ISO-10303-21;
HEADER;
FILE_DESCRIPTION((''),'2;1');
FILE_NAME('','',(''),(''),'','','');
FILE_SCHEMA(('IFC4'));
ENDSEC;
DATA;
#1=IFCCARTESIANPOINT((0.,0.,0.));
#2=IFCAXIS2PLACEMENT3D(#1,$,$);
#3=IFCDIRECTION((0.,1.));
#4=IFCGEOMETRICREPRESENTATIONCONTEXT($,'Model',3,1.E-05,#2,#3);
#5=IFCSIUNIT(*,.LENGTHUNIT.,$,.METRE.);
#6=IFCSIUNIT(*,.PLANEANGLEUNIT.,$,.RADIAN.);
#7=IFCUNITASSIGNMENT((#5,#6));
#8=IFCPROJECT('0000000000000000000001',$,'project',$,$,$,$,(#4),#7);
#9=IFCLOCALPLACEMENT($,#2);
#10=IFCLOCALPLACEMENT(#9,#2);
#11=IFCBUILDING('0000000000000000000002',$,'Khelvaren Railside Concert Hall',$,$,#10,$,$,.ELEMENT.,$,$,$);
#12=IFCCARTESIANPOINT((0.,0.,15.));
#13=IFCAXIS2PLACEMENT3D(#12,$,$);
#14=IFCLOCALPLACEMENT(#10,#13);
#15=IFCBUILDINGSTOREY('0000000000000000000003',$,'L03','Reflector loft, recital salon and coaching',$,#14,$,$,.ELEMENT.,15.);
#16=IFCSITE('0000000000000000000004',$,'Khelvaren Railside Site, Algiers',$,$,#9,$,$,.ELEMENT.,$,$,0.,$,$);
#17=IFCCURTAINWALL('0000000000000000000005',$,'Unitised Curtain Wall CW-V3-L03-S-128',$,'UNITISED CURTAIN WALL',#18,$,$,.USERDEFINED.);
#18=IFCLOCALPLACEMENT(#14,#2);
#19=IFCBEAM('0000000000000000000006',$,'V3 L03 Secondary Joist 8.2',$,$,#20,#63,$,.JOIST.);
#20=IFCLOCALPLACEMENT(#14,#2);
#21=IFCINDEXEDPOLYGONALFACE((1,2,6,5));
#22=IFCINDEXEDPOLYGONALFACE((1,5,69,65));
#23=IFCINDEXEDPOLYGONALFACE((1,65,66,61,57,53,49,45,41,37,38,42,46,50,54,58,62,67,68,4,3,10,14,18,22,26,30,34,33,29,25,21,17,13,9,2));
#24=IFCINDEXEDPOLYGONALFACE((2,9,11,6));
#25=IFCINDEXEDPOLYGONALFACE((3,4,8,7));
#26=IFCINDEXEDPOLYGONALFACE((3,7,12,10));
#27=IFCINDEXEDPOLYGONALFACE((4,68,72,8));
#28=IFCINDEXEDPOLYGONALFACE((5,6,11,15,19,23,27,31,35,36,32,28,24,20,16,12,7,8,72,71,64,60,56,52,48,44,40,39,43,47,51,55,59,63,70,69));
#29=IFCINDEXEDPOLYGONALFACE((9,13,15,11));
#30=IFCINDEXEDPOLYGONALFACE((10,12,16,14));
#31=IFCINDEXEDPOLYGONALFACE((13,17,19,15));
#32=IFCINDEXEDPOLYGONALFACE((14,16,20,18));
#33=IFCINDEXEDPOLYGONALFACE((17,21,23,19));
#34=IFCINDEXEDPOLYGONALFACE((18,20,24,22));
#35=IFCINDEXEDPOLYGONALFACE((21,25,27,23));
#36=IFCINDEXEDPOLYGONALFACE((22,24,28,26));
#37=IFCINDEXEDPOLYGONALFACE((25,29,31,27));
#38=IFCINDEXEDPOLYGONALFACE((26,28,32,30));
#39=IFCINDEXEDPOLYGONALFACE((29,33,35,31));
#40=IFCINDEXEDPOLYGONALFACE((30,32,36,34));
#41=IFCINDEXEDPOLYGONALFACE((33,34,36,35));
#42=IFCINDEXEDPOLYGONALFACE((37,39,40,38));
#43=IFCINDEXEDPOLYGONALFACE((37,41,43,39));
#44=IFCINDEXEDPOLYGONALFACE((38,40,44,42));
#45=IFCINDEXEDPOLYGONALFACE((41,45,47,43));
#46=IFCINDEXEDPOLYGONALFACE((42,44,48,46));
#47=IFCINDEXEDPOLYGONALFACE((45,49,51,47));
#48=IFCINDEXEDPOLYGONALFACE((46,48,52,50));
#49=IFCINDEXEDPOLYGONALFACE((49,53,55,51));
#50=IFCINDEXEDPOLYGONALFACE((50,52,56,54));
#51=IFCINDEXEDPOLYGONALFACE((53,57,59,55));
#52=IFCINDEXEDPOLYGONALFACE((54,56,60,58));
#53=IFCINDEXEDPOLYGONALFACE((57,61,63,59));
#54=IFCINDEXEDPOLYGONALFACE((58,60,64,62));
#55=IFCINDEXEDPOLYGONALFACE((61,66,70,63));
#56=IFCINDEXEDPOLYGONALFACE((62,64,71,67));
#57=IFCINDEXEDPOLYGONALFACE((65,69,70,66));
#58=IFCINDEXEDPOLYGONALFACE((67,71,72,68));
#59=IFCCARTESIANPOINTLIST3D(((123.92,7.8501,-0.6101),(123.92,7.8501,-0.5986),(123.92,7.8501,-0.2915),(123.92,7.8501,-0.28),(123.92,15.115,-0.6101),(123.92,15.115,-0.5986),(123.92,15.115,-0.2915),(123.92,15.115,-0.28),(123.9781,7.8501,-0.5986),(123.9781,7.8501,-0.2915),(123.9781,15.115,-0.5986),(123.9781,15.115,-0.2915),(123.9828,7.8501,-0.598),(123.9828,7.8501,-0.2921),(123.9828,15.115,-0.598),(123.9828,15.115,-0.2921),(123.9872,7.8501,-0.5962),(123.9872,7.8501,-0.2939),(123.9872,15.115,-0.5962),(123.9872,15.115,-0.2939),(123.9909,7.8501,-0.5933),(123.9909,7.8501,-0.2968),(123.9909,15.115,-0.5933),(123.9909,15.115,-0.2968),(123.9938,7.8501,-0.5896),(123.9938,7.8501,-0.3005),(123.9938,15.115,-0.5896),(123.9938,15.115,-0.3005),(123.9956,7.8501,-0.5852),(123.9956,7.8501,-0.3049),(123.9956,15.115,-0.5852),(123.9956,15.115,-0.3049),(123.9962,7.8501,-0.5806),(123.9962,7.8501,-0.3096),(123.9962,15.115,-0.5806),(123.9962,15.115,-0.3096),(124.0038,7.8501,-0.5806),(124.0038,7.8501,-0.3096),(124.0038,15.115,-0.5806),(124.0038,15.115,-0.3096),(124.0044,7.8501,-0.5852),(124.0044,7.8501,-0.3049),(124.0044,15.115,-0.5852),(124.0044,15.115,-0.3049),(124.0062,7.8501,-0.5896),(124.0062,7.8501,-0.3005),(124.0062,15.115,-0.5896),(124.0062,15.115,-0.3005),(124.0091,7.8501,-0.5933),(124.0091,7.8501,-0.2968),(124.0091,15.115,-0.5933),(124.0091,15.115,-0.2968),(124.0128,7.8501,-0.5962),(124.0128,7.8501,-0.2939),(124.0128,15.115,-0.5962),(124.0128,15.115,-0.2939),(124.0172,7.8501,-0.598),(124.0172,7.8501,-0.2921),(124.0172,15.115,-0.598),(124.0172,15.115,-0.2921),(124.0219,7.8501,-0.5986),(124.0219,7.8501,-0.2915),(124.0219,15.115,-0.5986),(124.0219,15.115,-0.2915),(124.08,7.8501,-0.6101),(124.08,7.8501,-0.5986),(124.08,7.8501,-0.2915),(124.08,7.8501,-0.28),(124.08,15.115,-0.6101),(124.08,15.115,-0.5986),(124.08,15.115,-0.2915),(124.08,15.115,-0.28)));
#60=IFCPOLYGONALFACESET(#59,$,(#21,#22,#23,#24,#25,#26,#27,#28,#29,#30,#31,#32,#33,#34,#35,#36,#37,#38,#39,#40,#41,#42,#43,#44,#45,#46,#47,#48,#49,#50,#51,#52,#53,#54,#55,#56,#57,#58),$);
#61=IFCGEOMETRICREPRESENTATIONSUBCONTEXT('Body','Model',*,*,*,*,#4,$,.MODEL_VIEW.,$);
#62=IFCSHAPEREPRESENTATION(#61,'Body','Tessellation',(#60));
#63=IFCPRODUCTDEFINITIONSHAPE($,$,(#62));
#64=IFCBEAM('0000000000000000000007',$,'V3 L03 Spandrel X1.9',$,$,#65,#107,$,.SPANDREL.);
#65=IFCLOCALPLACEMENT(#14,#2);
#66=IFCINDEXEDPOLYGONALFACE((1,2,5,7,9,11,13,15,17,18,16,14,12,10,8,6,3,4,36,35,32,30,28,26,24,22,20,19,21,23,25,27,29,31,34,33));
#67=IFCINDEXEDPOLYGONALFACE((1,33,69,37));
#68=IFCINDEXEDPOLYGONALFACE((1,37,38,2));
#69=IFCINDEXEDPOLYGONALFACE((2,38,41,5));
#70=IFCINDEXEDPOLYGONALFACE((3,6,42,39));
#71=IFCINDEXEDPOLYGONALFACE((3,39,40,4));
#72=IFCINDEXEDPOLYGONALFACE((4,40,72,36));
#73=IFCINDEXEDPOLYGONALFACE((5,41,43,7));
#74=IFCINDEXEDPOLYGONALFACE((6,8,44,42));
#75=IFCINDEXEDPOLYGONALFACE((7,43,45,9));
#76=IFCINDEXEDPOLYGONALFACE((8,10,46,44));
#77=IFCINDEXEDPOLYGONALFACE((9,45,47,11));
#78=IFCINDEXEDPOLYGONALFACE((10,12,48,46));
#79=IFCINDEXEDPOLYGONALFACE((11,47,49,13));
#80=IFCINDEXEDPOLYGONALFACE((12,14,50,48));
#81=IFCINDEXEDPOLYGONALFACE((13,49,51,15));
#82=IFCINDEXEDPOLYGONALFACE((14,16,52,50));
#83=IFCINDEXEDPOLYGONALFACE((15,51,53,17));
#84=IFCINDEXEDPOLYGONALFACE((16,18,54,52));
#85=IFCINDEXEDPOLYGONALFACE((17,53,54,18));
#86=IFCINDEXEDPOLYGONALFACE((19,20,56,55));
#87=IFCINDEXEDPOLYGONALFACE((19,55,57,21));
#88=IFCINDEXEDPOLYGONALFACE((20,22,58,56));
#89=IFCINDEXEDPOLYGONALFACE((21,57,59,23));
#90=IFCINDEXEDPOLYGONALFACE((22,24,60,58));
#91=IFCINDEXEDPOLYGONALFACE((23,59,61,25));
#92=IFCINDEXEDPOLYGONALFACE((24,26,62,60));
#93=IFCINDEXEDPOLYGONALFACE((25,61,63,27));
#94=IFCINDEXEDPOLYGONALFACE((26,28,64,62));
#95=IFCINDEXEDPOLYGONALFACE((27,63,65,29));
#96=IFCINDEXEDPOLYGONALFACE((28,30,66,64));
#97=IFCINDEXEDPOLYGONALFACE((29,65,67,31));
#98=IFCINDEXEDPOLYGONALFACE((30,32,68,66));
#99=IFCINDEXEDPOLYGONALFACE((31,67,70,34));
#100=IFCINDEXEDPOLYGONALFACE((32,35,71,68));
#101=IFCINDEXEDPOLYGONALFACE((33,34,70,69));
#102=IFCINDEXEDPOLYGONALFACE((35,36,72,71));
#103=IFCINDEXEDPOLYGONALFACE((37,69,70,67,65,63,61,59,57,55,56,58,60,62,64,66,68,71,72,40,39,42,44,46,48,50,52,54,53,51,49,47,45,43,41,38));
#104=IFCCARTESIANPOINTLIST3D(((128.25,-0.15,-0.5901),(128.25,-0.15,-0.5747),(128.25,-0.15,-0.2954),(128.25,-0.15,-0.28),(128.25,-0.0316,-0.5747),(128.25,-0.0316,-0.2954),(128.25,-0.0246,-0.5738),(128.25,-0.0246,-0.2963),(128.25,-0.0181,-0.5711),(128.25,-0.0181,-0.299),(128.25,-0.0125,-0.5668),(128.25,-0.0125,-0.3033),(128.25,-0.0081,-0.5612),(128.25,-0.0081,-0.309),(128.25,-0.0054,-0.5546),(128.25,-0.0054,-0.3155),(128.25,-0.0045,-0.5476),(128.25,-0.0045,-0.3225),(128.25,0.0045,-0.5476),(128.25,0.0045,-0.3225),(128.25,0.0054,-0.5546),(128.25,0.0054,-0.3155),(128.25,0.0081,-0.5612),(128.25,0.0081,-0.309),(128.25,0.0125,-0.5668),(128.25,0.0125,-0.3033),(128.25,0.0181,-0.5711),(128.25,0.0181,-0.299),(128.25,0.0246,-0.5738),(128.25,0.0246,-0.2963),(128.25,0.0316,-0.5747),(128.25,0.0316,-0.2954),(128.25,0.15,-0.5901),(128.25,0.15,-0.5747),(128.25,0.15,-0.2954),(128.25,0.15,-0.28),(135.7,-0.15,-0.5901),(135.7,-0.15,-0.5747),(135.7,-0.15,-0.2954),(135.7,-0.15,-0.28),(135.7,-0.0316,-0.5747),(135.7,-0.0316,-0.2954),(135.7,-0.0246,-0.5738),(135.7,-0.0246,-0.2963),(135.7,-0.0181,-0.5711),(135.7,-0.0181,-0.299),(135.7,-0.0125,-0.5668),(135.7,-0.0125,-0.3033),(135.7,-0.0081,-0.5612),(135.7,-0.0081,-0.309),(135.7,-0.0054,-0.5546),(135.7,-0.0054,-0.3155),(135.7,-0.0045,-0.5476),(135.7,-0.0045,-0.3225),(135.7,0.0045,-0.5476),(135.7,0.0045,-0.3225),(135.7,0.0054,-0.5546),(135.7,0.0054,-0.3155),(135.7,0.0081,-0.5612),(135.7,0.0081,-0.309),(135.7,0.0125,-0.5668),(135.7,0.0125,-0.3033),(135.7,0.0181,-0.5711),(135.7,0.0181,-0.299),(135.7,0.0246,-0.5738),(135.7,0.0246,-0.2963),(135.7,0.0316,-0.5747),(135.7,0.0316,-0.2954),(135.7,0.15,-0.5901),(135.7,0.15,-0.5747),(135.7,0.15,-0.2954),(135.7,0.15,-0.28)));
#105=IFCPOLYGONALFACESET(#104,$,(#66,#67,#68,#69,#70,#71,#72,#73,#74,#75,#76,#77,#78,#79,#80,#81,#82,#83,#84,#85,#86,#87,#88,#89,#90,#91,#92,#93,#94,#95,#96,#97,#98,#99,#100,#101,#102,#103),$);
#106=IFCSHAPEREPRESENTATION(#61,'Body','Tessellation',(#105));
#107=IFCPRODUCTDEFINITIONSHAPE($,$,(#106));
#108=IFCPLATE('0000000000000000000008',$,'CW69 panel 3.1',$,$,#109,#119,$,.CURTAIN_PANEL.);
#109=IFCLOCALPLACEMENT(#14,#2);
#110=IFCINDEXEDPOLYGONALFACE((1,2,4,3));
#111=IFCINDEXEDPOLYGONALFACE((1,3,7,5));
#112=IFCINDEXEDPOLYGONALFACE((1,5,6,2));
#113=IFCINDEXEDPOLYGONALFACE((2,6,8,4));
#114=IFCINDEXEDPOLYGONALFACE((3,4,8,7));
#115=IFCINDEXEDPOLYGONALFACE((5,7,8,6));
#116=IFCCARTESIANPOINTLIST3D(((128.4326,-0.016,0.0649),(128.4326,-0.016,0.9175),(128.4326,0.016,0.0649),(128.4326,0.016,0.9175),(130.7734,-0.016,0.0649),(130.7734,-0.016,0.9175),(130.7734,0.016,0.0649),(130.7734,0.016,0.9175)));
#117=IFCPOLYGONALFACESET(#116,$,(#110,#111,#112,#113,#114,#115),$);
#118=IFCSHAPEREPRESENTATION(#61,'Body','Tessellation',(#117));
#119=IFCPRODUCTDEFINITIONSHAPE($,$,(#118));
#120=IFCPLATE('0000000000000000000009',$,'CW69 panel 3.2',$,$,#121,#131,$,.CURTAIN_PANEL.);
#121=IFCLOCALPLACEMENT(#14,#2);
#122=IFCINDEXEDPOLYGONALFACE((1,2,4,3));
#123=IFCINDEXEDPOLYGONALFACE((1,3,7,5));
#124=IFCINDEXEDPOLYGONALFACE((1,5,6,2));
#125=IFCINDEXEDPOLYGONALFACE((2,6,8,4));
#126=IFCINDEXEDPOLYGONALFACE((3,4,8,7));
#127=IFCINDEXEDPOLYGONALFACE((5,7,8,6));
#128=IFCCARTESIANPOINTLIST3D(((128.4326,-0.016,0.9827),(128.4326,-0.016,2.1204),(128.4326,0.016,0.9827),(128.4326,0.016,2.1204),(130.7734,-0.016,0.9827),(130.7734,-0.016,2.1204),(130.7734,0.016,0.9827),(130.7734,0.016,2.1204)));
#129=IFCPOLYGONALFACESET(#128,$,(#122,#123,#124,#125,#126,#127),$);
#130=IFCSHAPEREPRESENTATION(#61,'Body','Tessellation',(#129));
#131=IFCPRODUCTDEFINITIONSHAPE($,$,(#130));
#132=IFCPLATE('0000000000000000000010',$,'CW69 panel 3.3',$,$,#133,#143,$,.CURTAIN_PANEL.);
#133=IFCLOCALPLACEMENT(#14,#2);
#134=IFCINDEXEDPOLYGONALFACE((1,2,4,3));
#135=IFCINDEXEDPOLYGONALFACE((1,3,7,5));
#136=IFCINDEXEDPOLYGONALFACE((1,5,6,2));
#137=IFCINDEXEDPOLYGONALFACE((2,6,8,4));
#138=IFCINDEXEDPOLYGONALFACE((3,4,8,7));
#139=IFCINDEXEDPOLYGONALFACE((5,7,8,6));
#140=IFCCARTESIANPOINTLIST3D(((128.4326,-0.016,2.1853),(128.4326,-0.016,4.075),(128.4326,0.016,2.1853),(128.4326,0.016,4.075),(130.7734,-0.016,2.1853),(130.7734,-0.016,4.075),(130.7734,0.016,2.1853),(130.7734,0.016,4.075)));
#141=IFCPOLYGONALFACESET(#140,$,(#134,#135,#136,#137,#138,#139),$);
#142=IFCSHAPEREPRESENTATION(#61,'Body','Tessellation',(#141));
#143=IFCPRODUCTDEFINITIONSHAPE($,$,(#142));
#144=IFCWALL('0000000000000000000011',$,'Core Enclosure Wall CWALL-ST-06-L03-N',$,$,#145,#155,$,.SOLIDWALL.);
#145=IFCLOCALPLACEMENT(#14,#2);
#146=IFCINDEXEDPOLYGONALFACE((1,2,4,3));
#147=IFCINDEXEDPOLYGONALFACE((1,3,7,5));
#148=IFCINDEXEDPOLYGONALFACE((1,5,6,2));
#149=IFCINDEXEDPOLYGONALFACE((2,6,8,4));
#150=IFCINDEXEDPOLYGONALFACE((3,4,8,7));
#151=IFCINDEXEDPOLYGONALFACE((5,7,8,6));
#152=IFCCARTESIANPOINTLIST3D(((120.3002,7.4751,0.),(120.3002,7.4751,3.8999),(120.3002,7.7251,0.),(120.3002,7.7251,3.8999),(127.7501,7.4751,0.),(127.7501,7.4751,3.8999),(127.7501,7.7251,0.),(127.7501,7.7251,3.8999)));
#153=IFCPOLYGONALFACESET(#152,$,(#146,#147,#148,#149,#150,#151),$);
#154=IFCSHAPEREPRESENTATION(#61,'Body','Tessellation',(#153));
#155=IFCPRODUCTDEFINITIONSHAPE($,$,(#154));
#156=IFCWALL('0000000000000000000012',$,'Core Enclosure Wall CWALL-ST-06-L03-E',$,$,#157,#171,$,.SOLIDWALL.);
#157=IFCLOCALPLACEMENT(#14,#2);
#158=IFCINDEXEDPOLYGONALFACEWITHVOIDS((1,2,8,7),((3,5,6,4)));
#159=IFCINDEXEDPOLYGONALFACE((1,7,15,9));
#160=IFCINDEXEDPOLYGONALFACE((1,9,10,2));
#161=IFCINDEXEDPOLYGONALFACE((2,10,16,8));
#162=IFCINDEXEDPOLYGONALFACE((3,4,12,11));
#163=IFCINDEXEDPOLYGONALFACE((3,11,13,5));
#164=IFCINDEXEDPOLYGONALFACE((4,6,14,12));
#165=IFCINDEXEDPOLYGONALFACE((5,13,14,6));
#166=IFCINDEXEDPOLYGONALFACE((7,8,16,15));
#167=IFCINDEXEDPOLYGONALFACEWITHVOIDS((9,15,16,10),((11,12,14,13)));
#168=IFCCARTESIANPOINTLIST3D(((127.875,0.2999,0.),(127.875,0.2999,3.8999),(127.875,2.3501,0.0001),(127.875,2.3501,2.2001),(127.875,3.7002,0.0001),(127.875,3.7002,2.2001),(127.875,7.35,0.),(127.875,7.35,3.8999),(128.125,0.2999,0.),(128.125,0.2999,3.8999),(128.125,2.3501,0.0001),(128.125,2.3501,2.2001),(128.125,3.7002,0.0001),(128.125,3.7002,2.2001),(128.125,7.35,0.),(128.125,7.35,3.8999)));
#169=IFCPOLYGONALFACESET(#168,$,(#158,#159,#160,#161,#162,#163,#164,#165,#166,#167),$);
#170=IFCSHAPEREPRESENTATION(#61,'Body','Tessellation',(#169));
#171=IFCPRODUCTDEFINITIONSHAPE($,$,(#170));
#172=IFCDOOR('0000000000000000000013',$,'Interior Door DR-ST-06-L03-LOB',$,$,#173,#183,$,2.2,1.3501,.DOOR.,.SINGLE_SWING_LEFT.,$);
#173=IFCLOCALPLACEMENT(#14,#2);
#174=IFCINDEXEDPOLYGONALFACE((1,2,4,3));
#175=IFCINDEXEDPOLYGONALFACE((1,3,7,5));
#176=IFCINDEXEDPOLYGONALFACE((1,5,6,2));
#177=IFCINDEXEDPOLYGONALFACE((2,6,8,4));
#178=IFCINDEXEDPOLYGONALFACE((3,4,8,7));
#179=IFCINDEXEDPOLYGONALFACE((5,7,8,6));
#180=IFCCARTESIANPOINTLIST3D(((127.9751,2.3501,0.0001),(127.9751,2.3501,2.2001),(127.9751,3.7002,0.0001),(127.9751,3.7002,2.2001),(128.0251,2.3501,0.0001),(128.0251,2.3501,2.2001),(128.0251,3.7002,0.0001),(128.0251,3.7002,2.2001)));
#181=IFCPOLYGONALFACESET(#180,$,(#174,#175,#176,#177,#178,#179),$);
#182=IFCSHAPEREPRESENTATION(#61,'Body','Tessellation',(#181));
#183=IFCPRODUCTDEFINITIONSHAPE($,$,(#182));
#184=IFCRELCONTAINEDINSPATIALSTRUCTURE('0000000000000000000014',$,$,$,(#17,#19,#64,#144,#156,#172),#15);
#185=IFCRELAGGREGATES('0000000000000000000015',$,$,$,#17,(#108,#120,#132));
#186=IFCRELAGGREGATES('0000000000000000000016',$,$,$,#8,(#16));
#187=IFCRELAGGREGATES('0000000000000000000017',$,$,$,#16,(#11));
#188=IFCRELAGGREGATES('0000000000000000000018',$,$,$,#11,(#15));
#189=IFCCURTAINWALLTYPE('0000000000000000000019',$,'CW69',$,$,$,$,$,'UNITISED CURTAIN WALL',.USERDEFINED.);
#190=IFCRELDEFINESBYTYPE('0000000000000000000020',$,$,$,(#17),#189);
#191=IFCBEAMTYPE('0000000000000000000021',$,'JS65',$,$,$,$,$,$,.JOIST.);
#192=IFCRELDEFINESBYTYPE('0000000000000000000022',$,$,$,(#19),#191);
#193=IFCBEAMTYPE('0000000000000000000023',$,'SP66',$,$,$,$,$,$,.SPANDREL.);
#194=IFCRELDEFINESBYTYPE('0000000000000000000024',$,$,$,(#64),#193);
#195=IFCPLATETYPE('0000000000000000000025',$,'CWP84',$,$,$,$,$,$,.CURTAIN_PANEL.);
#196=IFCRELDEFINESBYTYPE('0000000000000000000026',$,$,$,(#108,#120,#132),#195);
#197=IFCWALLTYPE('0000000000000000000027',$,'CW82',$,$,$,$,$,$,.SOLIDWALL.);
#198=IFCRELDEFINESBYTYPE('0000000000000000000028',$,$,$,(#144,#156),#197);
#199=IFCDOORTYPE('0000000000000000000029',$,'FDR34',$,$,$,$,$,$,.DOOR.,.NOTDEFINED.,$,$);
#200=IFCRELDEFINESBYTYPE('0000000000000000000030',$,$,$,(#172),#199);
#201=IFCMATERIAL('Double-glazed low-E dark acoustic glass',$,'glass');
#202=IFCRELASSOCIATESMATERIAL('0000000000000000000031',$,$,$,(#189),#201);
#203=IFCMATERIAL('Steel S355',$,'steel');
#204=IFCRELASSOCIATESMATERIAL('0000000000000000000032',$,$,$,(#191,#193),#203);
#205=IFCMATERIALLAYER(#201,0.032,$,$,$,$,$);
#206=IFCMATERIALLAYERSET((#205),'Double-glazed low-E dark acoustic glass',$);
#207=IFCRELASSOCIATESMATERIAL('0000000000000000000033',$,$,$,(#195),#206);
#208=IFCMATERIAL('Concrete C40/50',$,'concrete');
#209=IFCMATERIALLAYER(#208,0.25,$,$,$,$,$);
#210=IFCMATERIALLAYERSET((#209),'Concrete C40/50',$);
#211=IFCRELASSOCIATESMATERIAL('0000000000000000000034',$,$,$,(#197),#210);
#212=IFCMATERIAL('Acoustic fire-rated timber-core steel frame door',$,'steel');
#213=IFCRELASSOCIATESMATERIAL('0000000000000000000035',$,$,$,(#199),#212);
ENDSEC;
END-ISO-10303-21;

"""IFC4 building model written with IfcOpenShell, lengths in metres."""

from ifc_helpers import new_model, si_unit, direction, frame, frame_2d, origin, origin_2d, place, context, subcontext, project, spatial, rectangle, i_section, extrude, material, layer, layer_set, material_profile, profile_set, type_object, element, fill, aggregate, save


model = new_model("IFC4")

# Units and contexts
model_context = context("Model", 3, precision=1e-05, world=origin(), true_north=direction((0.0, 1.0)))
body_context = subcontext(model_context, "Body", "Model", "MODEL_VIEW")
ifc_project = project(units=[si_unit("LENGTHUNIT", "METRE"), si_unit("PLANEANGLEUNIT", "RADIAN")], contexts=[model_context])

# Site, building, storey
site_placement = place(None, origin())
site = spatial("IfcSite", under=ifc_project, at=site_placement, Name="Khelvaren Railside Site, Algiers", CompositionType="ELEMENT", RefElevation=0.0)
building_placement = place(site_placement, origin())
building = spatial("IfcBuilding", under=site, at=building_placement, Name="Khelvaren Railside Concert Hall", CompositionType="ELEMENT")
storey_placement = place(building_placement, frame((0.0, 0.0, 15.0)))
storey = spatial("IfcBuildingStorey", under=building, at=storey_placement, Name="L03", Description="Reflector loft, recital salon and coaching", CompositionType="ELEMENT", Elevation=15.0)

# Shared definitions
ifc_material_1 = material(Name="Concrete C40/50", Category="concrete")
ifc_material_2 = material(Name="Steel S355", Category="steel")

# Curtain wall
ifc_material_3 = material(Name="Double-glazed low-E dark acoustic glass", Category="glass")
curtain_wall_type = type_object("IfcCurtainWallType", Name="CW69", ElementType="UNITISED CURTAIN WALL", PredefinedType="USERDEFINED", material=ifc_material_3)
curtain_wall_placement = place(storey_placement, origin())
curtain_wall = element("IfcCurtainWall", 1, at=curtain_wall_placement, inside=storey, type_object=curtain_wall_type, Name="Unitised Curtain Wall CW-V3-L03-S-128", ObjectType="UNITISED CURTAIN WALL", PredefinedType="USERDEFINED")

# Beams
ifc_material_profile_1 = material_profile(ifc_material_2, i_section(OverallWidth=0.1599, OverallDepth=0.3301, WebThickness=0.0076, FlangeThickness=0.0115, FilletRadius=0.0181, at=origin_2d()), Name="IPE 330")
ifc_profile_set_1 = profile_set([ifc_material_profile_1], Name="Steel S355")
beam_type_1 = type_object("IfcBeamType", Name="JS65", PredefinedType="JOIST", material=ifc_profile_set_1)
beam_1_placement = place(storey_placement, frame((124.0, 7.8501, -0.4451), z_axis=(0.0, 1.0, 0.0), x_axis=(-1.0, 0.0, 0.0)))
element("IfcBeam", 2, at=beam_1_placement, inside=storey, type_object=beam_type_1, Name="V3 L03 Secondary Joist 8.2", PredefinedType="JOIST", context=body_context, shape_type="SweptSolid", body=[
    extrude(i_section(OverallWidth=0.1599, OverallDepth=0.3301, WebThickness=0.0076, FlangeThickness=0.0115, FilletRadius=0.0181, at=origin_2d()), origin(), (0.0, 0.0, 1.0), 7.2649),
])
ifc_material_profile_2 = material_profile(ifc_material_2, i_section(OverallWidth=0.3, OverallDepth=0.3101, WebThickness=0.009, FlangeThickness=0.0154, FilletRadius=0.0271, at=origin_2d()), Name="HEA 320")
ifc_profile_set_2 = profile_set([ifc_material_profile_2], Name="Steel S355")
beam_type_2 = type_object("IfcBeamType", Name="SP66", PredefinedType="SPANDREL", material=ifc_profile_set_2)
beam_2_placement = place(storey_placement, frame((128.25, 0.0, -0.4351), z_axis=(1.0, 0.0, 0.0), x_axis=(0.0, 1.0, 0.0)))
element("IfcBeam", 3, at=beam_2_placement, inside=storey, type_object=beam_type_2, Name="V3 L03 Spandrel X1.9", PredefinedType="SPANDREL", context=body_context, shape_type="SweptSolid", body=[
    extrude(i_section(OverallWidth=0.3, OverallDepth=0.3101, WebThickness=0.009, FlangeThickness=0.0154, FilletRadius=0.0271, at=origin_2d()), origin(), (0.0, 0.0, 1.0), 7.45),
])

# Plates
ifc_layer_1 = layer(ifc_material_3, 0.032)
ifc_layer_set_1 = layer_set([ifc_layer_1], Name="Double-glazed low-E dark acoustic glass")
plate_type = type_object("IfcPlateType", Name="CWP84", PredefinedType="CURTAIN_PANEL", material=ifc_layer_set_1)
plate_1_placement = place(storey_placement, frame((129.603, 0.0, 0.0649), z_axis=(0.0, 0.0, 1.0), x_axis=(-1.0, 0.0, 0.0)))
plate_1 = element("IfcPlate", 4, at=plate_1_placement, type_object=plate_type, Name="CW69 panel 3.1", PredefinedType="CURTAIN_PANEL", context=body_context, shape_type="SweptSolid", body=[
    extrude(rectangle(XDim=2.3408, YDim=0.032, at=origin_2d()), origin(), (0.0, 0.0, 1.0), 0.8525),
])
plate_2_placement = place(storey_placement, frame((129.603, 0.0, 0.9827), z_axis=(0.0, 0.0, 1.0), x_axis=(-1.0, 0.0, 0.0)))
plate_2 = element("IfcPlate", 5, at=plate_2_placement, type_object=plate_type, Name="CW69 panel 3.2", PredefinedType="CURTAIN_PANEL", context=body_context, shape_type="SweptSolid", body=[
    extrude(rectangle(XDim=2.3408, YDim=0.032, at=origin_2d()), origin(), (0.0, 0.0, 1.0), 1.1377),
])
plate_3_placement = place(storey_placement, frame((129.603, 0.0, 2.1853), z_axis=(0.0, 0.0, 1.0), x_axis=(-1.0, 0.0, 0.0)))
plate_3 = element("IfcPlate", 6, at=plate_3_placement, type_object=plate_type, Name="CW69 panel 3.3", PredefinedType="CURTAIN_PANEL", context=body_context, shape_type="SweptSolid", body=[
    extrude(rectangle(XDim=2.3408, YDim=0.032, at=origin_2d()), origin(), (0.0, 0.0, 1.0), 1.8896),
])
aggregate(curtain_wall, [plate_1, plate_2, plate_3])

# Wall
ifc_layer_2 = layer(ifc_material_1, 0.25)
ifc_layer_set_2 = layer_set([ifc_layer_2], Name="Concrete C40/50")
wall_type_1 = type_object("IfcWallType", Name="CW82", PredefinedType="SOLIDWALL", material=ifc_layer_set_2)
wall_1_placement = place(storey_placement, frame((120.3, 7.6001, 0.0), z_axis=(0.0, 0.0, 1.0), x_axis=(1.0, 0.0, 0.0)))
element("IfcWall", 7, at=wall_1_placement, inside=storey, type_object=wall_type_1, Name="Core Enclosure Wall CWALL-ST-06-L03-N", PredefinedType="SOLIDWALL", context=body_context, shape_type="SweptSolid", body=[
    extrude(rectangle(XDim=7.45, YDim=0.25, at=frame_2d((3.7251, 0.0))), origin(), (0.0, 0.0, 1.0), 3.8999),
])

# Wall, opening, door
wall_2_placement = place(storey_placement, frame((128.0, 0.3, 0.0), z_axis=(0.0, 0.0, 1.0), x_axis=(0.0, 1.0, 0.0)))
wall_2 = element("IfcWall", 8, at=wall_2_placement, inside=storey, type_object=wall_type_1, Name="Core Enclosure Wall CWALL-ST-06-L03-E", PredefinedType="SOLIDWALL", context=body_context, shape_type="SweptSolid", body=[
    extrude(rectangle(XDim=7.05, YDim=0.25, at=frame_2d((3.5249, 0.0))), origin(), (0.0, 0.0, 1.0), 3.8999),
])
opening_1_placement = place(wall_2_placement, frame((2.05, 0.0, 0.0)))
opening_1 = element("IfcOpeningElement", 9, at=opening_1_placement, cuts=wall_2, PredefinedType="OPENING", context=body_context, shape_type="SweptSolid", body=[
    extrude(rectangle(XDim=1.3501, YDim=2.2, at=frame_2d((0.675, 1.1001))), frame((0.0, 0.135, 0.0), z_axis=(0.0, -1.0, 0.0), x_axis=(1.0, 0.0, 0.0)), (0.0, 0.0, 1.0), 0.27),
])
ifc_material_4 = material(Name="Acoustic fire-rated timber-core steel frame door", Category="steel")
door_type_1 = type_object("IfcDoorType", Name="FDR34", OperationType="NOTDEFINED", PredefinedType="DOOR", material=ifc_material_4)
door_1_placement = place(opening_1_placement, origin())
door_1 = element("IfcDoor", 10, at=door_1_placement, inside=storey, type_object=door_type_1, Name="Interior Door DR-ST-06-L03-LOB", OperationType="SINGLE_SWING_LEFT", OverallHeight=2.2, OverallWidth=1.3501, PredefinedType="DOOR", context=body_context, shape_type="SweptSolid", body=[
    extrude(rectangle(XDim=1.3501, YDim=2.2, at=frame_2d((0.675, 1.1001))), frame((0.0, 0.0249, 0.0), z_axis=(0.0, -1.0, 0.0), x_axis=(1.0, 0.0, 0.0)), (0.0, 0.0, 1.0), 0.05),
])
fill(opening_1, door_1)

save(model, "model.ifc")
